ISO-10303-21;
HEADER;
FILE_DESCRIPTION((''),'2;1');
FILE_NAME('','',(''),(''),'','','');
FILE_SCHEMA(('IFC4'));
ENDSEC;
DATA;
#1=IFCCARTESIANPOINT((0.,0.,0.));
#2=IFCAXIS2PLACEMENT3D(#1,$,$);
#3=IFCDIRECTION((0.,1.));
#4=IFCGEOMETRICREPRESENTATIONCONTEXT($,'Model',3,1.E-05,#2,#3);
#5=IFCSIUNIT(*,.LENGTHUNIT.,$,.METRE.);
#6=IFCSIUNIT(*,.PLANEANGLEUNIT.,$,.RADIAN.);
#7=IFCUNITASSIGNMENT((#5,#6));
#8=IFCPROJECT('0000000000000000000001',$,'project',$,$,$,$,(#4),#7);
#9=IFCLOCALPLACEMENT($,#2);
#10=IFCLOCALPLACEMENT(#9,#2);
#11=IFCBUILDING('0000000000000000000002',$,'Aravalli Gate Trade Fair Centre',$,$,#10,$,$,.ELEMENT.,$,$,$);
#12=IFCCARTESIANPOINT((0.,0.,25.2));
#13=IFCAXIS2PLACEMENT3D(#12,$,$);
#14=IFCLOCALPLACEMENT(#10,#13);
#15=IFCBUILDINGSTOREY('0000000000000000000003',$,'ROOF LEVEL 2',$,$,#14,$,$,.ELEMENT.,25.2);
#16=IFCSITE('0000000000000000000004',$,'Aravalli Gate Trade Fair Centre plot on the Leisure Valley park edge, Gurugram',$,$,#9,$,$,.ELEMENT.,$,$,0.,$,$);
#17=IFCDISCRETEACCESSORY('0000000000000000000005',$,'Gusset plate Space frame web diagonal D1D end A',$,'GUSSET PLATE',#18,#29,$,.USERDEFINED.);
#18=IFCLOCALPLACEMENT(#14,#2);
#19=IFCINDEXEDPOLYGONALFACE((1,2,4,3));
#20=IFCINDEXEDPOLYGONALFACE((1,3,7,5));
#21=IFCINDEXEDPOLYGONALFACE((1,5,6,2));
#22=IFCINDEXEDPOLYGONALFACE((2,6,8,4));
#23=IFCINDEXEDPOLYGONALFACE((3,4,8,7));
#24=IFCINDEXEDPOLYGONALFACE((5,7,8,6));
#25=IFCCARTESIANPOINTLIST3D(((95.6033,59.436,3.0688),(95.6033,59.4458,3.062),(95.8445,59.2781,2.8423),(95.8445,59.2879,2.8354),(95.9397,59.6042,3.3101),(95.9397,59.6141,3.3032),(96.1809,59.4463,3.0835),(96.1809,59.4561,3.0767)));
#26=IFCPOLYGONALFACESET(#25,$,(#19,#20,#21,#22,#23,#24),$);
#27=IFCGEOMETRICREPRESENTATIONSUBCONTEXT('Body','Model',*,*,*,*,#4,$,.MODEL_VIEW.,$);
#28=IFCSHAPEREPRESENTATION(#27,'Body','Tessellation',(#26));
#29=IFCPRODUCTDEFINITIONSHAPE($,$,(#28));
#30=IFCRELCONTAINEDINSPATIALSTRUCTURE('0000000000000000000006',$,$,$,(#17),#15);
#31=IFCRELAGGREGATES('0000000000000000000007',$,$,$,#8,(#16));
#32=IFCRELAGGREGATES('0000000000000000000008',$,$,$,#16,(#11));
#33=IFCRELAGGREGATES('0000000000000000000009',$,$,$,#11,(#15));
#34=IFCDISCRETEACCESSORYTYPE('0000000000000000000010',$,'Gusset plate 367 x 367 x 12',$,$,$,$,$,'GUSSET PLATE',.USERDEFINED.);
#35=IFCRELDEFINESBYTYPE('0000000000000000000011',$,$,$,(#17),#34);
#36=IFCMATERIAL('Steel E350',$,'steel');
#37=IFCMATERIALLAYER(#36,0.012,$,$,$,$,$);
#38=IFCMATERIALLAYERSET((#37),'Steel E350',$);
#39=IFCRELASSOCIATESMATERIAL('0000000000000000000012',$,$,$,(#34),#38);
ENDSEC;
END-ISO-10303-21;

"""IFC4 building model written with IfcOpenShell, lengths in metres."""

from ifc_helpers import new_model, si_unit, direction, frame, origin, place, context, subcontext, project, spatial, polyline, outline, extrude, material, layer, layer_set, type_object, element, save


model = new_model("IFC4")

# Units and contexts
model_context = context("Model", 3, precision=1e-05, world=origin(), true_north=direction((0.0, 1.0)))
body_context = subcontext(model_context, "Body", "Model", "MODEL_VIEW")
ifc_project = project(units=[si_unit("LENGTHUNIT", "METRE"), si_unit("PLANEANGLEUNIT", "RADIAN")], contexts=[model_context])

# Site, building, storey
site_placement = place(None, origin())
site = spatial("IfcSite", under=ifc_project, at=site_placement, Name="Aravalli Gate Trade Fair Centre plot on the Leisure Valley park edge, Gurugram", CompositionType="ELEMENT", RefElevation=0.0)
building_placement = place(site_placement, origin())
building = spatial("IfcBuilding", under=site, at=building_placement, Name="Aravalli Gate Trade Fair Centre", CompositionType="ELEMENT")
storey_placement = place(building_placement, frame((0.0, 0.0, 25.2)))
storey = spatial("IfcBuildingStorey", under=building, at=storey_placement, Name="ROOF LEVEL 2", CompositionType="ELEMENT", Elevation=25.2)

# Shared definitions
ifc_material = material(Name="Steel E350", Category="steel")

# Discrete accessory
ifc_layer_1 = layer(ifc_material, 0.012)
ifc_layer_set_1 = layer_set([ifc_layer_1], Name="Steel E350")
discrete_accessory_type_1 = type_object("IfcDiscreteAccessoryType", Name="Gusset plate 367 x 367 x 12", ElementType="GUSSET PLATE", PredefinedType="USERDEFINED", material=ifc_layer_set_1)
discrete_accessory_1_placement = place(storey_placement, frame((95.6033, 59.436, 3.0688), z_axis=(0.000057, -0.820282, 0.57196), x_axis=(0.75291, 0.376455, 0.539822)))
element("IfcDiscreteAccessory", 1, at=discrete_accessory_1_placement, inside=storey, type_object=discrete_accessory_type_1, Name="Gusset plate Space frame web diagonal D1D end A", ObjectType="GUSSET PLATE", PredefinedType="USERDEFINED", context=body_context, shape_type="SweptSolid", body=[
    extrude(outline(polyline([(0.0, 0.0), (0.4468, 0.0), (0.4467, -0.3667), (-0.0002, -0.3667), (0.0, 0.0)])), origin(), (0.0, 0.0, -1.0), 0.012),
])

save(model, "model.ifc")
